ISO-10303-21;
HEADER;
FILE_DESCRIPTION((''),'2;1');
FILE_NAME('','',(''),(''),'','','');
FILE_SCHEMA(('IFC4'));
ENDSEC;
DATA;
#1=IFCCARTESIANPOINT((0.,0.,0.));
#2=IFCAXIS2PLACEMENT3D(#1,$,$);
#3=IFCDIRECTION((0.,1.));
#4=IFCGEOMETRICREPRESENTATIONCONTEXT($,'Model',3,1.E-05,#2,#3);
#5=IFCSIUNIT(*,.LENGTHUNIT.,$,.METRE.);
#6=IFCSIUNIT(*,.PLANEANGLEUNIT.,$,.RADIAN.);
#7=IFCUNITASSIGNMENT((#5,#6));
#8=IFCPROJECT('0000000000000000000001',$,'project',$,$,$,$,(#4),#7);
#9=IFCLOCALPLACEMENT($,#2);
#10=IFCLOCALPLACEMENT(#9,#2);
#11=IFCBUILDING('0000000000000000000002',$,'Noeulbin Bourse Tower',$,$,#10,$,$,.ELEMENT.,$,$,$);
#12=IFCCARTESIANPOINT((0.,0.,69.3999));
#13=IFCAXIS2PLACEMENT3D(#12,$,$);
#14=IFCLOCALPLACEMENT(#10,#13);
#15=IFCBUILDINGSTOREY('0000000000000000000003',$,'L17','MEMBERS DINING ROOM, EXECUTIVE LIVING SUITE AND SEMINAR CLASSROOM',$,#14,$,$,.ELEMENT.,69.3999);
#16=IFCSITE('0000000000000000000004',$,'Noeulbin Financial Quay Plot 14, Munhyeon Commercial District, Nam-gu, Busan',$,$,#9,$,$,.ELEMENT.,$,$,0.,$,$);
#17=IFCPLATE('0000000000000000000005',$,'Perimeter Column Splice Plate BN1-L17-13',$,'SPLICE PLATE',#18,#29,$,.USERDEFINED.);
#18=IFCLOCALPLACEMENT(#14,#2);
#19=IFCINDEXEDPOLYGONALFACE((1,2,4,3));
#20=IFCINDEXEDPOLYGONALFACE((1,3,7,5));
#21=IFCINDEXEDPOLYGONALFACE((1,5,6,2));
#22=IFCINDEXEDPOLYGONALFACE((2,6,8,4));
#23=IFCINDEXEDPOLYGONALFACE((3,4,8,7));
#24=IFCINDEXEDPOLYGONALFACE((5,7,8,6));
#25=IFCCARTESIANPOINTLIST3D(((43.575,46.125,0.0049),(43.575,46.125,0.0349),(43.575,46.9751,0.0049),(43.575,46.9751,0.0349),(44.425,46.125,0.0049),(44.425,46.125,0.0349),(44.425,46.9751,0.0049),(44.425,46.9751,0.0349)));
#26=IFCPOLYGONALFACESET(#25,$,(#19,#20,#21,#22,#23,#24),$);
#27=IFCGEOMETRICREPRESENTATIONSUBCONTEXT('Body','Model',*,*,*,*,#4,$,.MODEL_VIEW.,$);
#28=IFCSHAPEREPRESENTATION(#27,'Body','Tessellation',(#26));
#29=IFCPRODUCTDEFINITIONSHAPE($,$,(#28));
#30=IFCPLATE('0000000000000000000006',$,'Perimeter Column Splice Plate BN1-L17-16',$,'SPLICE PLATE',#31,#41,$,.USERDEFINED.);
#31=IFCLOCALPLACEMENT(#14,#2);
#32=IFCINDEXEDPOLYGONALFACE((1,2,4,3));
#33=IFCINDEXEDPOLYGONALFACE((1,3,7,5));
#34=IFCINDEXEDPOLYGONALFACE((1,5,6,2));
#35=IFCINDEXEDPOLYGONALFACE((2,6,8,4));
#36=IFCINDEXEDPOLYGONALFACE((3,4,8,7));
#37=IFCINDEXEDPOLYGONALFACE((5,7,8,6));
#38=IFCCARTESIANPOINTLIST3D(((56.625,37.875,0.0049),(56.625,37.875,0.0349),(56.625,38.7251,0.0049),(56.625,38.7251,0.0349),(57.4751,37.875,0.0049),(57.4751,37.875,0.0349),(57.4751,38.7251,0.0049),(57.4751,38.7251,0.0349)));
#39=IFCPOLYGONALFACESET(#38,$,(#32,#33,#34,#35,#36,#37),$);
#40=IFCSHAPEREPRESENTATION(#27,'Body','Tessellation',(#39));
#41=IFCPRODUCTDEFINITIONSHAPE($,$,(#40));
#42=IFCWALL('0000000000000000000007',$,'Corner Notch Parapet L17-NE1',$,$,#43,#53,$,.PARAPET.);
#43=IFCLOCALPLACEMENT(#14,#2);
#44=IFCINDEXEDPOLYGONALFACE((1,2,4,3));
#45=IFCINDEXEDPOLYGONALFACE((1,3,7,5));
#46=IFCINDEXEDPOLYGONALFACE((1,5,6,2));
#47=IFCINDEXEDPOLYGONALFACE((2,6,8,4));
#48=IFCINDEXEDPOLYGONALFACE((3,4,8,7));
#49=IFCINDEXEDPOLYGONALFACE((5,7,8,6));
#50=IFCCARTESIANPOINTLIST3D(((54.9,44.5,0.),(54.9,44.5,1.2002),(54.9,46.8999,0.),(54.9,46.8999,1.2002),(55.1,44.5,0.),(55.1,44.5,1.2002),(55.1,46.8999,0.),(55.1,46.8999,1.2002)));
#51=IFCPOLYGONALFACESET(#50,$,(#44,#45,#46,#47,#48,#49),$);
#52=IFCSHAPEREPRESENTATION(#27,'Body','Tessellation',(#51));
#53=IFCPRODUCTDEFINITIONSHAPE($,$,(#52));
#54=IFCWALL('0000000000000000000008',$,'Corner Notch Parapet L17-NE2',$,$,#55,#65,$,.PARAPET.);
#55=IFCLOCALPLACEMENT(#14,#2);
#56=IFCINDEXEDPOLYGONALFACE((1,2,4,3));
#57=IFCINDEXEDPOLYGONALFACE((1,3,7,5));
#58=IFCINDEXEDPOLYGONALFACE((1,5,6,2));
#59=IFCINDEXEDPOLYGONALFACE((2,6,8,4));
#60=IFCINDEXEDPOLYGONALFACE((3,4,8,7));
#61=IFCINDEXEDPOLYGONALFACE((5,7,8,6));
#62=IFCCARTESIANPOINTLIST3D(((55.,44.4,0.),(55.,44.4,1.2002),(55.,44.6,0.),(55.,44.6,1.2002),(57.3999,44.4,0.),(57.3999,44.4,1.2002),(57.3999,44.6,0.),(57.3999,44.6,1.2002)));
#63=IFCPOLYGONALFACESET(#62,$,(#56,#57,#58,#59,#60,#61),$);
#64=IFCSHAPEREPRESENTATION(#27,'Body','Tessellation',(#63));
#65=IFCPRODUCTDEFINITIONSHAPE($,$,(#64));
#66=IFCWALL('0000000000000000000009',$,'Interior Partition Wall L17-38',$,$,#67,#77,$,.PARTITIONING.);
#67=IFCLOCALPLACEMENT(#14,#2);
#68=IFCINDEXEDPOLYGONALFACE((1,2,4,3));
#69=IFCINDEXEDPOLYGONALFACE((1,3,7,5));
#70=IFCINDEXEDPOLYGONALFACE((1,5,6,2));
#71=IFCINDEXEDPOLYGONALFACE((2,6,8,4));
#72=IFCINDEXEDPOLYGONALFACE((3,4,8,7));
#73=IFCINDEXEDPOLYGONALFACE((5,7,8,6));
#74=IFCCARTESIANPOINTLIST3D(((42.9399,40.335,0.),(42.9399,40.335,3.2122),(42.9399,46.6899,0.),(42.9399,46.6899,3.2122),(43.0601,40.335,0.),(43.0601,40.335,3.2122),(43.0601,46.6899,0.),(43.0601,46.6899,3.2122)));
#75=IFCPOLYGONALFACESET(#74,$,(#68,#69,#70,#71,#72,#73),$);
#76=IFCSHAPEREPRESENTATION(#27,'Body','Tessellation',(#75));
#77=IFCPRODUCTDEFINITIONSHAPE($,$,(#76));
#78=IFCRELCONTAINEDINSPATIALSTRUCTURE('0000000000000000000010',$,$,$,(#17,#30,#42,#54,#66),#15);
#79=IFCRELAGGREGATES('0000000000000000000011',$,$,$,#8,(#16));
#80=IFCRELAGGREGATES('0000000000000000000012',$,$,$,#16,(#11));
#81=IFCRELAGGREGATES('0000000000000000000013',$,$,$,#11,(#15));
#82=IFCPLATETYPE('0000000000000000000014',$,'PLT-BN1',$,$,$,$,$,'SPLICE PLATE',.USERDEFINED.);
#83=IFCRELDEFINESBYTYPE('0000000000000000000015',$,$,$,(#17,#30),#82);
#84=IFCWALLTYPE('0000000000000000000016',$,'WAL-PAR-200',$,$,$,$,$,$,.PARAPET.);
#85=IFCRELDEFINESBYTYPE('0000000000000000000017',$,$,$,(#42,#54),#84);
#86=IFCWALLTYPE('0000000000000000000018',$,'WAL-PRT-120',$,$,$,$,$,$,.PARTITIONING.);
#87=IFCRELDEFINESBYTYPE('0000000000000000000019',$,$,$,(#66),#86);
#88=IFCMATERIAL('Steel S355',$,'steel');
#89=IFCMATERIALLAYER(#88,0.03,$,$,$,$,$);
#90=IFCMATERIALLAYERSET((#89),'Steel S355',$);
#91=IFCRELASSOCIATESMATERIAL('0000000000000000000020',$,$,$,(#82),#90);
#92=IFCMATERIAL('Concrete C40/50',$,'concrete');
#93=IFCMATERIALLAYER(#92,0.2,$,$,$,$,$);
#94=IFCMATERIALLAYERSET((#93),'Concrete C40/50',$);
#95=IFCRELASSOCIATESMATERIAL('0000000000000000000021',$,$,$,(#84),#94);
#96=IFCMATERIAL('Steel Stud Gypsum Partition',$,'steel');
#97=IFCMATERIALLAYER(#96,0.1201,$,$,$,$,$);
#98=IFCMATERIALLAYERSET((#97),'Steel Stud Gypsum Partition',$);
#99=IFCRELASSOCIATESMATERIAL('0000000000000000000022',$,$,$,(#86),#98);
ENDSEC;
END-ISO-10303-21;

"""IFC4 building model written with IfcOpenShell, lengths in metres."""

from ifc_helpers import new_model, si_unit, direction, frame, frame_2d, origin, origin_2d, place, context, subcontext, project, spatial, rectangle, extrude, material, layer, layer_set, type_object, element, save


model = new_model("IFC4")

# Units and contexts
model_context = context("Model", 3, precision=1e-05, world=origin(), true_north=direction((0.0, 1.0)))
body_context = subcontext(model_context, "Body", "Model", "MODEL_VIEW")
ifc_project = project(units=[si_unit("LENGTHUNIT", "METRE"), si_unit("PLANEANGLEUNIT", "RADIAN")], contexts=[model_context])

# Site, building, storey
site_placement = place(None, origin())
site = spatial("IfcSite", under=ifc_project, at=site_placement, Name="Noeulbin Financial Quay Plot 14, Munhyeon Commercial District, Nam-gu, Busan", CompositionType="ELEMENT", RefElevation=0.0)
building_placement = place(site_placement, origin())
building = spatial("IfcBuilding", under=site, at=building_placement, Name="Noeulbin Bourse Tower", CompositionType="ELEMENT")
storey_placement = place(building_placement, frame((0.0, 0.0, 69.3999)))
storey = spatial("IfcBuildingStorey", under=building, at=storey_placement, Name="L17", Description="MEMBERS DINING ROOM, EXECUTIVE LIVING SUITE AND SEMINAR CLASSROOM", CompositionType="ELEMENT", Elevation=69.3999)

# Shared definitions
ifc_material_1 = material(Name="Steel S355", Category="steel")

# Plates
ifc_layer_1 = layer(ifc_material_1, 0.03)
ifc_layer_set_1 = layer_set([ifc_layer_1], Name="Steel S355")
plate_type_1 = type_object("IfcPlateType", Name="PLT-BN1", ElementType="SPLICE PLATE", PredefinedType="USERDEFINED", material=ifc_layer_set_1)
for number, where, z_axis, x_axis, name in (
    (1, (44.0, 46.55, 0.0049), (0.0, 0.0, 1.0), (1.0, 0.0, 0.0), "Perimeter Column Splice Plate BN1-L17-13"),
    (2, (57.05, 38.3, 0.0049), (0.0, 0.0, 1.0), (1.0, 0.0, 0.0), "Perimeter Column Splice Plate BN1-L17-16"),
):
    element("IfcPlate", number, at=place(storey_placement, frame(where, z_axis=z_axis, x_axis=x_axis)), inside=storey, type_object=plate_type_1, Name=name, ObjectType="SPLICE PLATE", PredefinedType="USERDEFINED", context=body_context, shape_type="SweptSolid", body=[
        extrude(rectangle(XDim=0.8501, YDim=0.8501, at=origin_2d()), origin(), (0.0, 0.0, 1.0), 0.03),
    ])

# Walls
ifc_material_2 = material(Name="Concrete C40/50", Category="concrete")
ifc_layer_2 = layer(ifc_material_2, 0.2)
ifc_layer_set_2 = layer_set([ifc_layer_2], Name="Concrete C40/50")
wall_type_1 = type_object("IfcWallType", Name="WAL-PAR-200", PredefinedType="PARAPET", material=ifc_layer_set_2)
for number, where, z_axis, x_axis, name in (
    (3, (55.0, 46.8999, 0.0), (0.0, 0.0, 1.0), (0.0, -1.0, 0.0), "Corner Notch Parapet L17-NE1"),
    (4, (55.0, 44.5, 0.0), (0.0, 0.0, 1.0), (1.0, 0.0, 0.0), "Corner Notch Parapet L17-NE2"),
):
    element("IfcWall", number, at=place(storey_placement, frame(where, z_axis=z_axis, x_axis=x_axis)), inside=storey, type_object=wall_type_1, Name=name, PredefinedType="PARAPET", context=body_context, shape_type="SweptSolid", body=[
        extrude(rectangle(XDim=2.3999, YDim=0.2, at=frame_2d((1.2, 0.0))), origin(), (0.0, 0.0, 1.0), 1.2002),
    ])
ifc_material_3 = material(Name="Steel Stud Gypsum Partition", Category="steel")
ifc_layer_3 = layer(ifc_material_3, 0.1201)
ifc_layer_set_3 = layer_set([ifc_layer_3], Name="Steel Stud Gypsum Partition")
wall_type_2 = type_object("IfcWallType", Name="WAL-PRT-120", PredefinedType="PARTITIONING", material=ifc_layer_set_3)
wall_placement = place(storey_placement, frame((43.0, 40.335, 0.0), z_axis=(0.0, 0.0, 1.0), x_axis=(0.0, 1.0, 0.0)))
element("IfcWall", 5, at=wall_placement, inside=storey, type_object=wall_type_2, Name="Interior Partition Wall L17-38", PredefinedType="PARTITIONING", context=body_context, shape_type="SweptSolid", body=[
    extrude(rectangle(XDim=6.355, YDim=0.1201, at=frame_2d((3.1775, 0.0))), origin(), (0.0, 0.0, 1.0), 3.2122),
])

save(model, "model.ifc")
